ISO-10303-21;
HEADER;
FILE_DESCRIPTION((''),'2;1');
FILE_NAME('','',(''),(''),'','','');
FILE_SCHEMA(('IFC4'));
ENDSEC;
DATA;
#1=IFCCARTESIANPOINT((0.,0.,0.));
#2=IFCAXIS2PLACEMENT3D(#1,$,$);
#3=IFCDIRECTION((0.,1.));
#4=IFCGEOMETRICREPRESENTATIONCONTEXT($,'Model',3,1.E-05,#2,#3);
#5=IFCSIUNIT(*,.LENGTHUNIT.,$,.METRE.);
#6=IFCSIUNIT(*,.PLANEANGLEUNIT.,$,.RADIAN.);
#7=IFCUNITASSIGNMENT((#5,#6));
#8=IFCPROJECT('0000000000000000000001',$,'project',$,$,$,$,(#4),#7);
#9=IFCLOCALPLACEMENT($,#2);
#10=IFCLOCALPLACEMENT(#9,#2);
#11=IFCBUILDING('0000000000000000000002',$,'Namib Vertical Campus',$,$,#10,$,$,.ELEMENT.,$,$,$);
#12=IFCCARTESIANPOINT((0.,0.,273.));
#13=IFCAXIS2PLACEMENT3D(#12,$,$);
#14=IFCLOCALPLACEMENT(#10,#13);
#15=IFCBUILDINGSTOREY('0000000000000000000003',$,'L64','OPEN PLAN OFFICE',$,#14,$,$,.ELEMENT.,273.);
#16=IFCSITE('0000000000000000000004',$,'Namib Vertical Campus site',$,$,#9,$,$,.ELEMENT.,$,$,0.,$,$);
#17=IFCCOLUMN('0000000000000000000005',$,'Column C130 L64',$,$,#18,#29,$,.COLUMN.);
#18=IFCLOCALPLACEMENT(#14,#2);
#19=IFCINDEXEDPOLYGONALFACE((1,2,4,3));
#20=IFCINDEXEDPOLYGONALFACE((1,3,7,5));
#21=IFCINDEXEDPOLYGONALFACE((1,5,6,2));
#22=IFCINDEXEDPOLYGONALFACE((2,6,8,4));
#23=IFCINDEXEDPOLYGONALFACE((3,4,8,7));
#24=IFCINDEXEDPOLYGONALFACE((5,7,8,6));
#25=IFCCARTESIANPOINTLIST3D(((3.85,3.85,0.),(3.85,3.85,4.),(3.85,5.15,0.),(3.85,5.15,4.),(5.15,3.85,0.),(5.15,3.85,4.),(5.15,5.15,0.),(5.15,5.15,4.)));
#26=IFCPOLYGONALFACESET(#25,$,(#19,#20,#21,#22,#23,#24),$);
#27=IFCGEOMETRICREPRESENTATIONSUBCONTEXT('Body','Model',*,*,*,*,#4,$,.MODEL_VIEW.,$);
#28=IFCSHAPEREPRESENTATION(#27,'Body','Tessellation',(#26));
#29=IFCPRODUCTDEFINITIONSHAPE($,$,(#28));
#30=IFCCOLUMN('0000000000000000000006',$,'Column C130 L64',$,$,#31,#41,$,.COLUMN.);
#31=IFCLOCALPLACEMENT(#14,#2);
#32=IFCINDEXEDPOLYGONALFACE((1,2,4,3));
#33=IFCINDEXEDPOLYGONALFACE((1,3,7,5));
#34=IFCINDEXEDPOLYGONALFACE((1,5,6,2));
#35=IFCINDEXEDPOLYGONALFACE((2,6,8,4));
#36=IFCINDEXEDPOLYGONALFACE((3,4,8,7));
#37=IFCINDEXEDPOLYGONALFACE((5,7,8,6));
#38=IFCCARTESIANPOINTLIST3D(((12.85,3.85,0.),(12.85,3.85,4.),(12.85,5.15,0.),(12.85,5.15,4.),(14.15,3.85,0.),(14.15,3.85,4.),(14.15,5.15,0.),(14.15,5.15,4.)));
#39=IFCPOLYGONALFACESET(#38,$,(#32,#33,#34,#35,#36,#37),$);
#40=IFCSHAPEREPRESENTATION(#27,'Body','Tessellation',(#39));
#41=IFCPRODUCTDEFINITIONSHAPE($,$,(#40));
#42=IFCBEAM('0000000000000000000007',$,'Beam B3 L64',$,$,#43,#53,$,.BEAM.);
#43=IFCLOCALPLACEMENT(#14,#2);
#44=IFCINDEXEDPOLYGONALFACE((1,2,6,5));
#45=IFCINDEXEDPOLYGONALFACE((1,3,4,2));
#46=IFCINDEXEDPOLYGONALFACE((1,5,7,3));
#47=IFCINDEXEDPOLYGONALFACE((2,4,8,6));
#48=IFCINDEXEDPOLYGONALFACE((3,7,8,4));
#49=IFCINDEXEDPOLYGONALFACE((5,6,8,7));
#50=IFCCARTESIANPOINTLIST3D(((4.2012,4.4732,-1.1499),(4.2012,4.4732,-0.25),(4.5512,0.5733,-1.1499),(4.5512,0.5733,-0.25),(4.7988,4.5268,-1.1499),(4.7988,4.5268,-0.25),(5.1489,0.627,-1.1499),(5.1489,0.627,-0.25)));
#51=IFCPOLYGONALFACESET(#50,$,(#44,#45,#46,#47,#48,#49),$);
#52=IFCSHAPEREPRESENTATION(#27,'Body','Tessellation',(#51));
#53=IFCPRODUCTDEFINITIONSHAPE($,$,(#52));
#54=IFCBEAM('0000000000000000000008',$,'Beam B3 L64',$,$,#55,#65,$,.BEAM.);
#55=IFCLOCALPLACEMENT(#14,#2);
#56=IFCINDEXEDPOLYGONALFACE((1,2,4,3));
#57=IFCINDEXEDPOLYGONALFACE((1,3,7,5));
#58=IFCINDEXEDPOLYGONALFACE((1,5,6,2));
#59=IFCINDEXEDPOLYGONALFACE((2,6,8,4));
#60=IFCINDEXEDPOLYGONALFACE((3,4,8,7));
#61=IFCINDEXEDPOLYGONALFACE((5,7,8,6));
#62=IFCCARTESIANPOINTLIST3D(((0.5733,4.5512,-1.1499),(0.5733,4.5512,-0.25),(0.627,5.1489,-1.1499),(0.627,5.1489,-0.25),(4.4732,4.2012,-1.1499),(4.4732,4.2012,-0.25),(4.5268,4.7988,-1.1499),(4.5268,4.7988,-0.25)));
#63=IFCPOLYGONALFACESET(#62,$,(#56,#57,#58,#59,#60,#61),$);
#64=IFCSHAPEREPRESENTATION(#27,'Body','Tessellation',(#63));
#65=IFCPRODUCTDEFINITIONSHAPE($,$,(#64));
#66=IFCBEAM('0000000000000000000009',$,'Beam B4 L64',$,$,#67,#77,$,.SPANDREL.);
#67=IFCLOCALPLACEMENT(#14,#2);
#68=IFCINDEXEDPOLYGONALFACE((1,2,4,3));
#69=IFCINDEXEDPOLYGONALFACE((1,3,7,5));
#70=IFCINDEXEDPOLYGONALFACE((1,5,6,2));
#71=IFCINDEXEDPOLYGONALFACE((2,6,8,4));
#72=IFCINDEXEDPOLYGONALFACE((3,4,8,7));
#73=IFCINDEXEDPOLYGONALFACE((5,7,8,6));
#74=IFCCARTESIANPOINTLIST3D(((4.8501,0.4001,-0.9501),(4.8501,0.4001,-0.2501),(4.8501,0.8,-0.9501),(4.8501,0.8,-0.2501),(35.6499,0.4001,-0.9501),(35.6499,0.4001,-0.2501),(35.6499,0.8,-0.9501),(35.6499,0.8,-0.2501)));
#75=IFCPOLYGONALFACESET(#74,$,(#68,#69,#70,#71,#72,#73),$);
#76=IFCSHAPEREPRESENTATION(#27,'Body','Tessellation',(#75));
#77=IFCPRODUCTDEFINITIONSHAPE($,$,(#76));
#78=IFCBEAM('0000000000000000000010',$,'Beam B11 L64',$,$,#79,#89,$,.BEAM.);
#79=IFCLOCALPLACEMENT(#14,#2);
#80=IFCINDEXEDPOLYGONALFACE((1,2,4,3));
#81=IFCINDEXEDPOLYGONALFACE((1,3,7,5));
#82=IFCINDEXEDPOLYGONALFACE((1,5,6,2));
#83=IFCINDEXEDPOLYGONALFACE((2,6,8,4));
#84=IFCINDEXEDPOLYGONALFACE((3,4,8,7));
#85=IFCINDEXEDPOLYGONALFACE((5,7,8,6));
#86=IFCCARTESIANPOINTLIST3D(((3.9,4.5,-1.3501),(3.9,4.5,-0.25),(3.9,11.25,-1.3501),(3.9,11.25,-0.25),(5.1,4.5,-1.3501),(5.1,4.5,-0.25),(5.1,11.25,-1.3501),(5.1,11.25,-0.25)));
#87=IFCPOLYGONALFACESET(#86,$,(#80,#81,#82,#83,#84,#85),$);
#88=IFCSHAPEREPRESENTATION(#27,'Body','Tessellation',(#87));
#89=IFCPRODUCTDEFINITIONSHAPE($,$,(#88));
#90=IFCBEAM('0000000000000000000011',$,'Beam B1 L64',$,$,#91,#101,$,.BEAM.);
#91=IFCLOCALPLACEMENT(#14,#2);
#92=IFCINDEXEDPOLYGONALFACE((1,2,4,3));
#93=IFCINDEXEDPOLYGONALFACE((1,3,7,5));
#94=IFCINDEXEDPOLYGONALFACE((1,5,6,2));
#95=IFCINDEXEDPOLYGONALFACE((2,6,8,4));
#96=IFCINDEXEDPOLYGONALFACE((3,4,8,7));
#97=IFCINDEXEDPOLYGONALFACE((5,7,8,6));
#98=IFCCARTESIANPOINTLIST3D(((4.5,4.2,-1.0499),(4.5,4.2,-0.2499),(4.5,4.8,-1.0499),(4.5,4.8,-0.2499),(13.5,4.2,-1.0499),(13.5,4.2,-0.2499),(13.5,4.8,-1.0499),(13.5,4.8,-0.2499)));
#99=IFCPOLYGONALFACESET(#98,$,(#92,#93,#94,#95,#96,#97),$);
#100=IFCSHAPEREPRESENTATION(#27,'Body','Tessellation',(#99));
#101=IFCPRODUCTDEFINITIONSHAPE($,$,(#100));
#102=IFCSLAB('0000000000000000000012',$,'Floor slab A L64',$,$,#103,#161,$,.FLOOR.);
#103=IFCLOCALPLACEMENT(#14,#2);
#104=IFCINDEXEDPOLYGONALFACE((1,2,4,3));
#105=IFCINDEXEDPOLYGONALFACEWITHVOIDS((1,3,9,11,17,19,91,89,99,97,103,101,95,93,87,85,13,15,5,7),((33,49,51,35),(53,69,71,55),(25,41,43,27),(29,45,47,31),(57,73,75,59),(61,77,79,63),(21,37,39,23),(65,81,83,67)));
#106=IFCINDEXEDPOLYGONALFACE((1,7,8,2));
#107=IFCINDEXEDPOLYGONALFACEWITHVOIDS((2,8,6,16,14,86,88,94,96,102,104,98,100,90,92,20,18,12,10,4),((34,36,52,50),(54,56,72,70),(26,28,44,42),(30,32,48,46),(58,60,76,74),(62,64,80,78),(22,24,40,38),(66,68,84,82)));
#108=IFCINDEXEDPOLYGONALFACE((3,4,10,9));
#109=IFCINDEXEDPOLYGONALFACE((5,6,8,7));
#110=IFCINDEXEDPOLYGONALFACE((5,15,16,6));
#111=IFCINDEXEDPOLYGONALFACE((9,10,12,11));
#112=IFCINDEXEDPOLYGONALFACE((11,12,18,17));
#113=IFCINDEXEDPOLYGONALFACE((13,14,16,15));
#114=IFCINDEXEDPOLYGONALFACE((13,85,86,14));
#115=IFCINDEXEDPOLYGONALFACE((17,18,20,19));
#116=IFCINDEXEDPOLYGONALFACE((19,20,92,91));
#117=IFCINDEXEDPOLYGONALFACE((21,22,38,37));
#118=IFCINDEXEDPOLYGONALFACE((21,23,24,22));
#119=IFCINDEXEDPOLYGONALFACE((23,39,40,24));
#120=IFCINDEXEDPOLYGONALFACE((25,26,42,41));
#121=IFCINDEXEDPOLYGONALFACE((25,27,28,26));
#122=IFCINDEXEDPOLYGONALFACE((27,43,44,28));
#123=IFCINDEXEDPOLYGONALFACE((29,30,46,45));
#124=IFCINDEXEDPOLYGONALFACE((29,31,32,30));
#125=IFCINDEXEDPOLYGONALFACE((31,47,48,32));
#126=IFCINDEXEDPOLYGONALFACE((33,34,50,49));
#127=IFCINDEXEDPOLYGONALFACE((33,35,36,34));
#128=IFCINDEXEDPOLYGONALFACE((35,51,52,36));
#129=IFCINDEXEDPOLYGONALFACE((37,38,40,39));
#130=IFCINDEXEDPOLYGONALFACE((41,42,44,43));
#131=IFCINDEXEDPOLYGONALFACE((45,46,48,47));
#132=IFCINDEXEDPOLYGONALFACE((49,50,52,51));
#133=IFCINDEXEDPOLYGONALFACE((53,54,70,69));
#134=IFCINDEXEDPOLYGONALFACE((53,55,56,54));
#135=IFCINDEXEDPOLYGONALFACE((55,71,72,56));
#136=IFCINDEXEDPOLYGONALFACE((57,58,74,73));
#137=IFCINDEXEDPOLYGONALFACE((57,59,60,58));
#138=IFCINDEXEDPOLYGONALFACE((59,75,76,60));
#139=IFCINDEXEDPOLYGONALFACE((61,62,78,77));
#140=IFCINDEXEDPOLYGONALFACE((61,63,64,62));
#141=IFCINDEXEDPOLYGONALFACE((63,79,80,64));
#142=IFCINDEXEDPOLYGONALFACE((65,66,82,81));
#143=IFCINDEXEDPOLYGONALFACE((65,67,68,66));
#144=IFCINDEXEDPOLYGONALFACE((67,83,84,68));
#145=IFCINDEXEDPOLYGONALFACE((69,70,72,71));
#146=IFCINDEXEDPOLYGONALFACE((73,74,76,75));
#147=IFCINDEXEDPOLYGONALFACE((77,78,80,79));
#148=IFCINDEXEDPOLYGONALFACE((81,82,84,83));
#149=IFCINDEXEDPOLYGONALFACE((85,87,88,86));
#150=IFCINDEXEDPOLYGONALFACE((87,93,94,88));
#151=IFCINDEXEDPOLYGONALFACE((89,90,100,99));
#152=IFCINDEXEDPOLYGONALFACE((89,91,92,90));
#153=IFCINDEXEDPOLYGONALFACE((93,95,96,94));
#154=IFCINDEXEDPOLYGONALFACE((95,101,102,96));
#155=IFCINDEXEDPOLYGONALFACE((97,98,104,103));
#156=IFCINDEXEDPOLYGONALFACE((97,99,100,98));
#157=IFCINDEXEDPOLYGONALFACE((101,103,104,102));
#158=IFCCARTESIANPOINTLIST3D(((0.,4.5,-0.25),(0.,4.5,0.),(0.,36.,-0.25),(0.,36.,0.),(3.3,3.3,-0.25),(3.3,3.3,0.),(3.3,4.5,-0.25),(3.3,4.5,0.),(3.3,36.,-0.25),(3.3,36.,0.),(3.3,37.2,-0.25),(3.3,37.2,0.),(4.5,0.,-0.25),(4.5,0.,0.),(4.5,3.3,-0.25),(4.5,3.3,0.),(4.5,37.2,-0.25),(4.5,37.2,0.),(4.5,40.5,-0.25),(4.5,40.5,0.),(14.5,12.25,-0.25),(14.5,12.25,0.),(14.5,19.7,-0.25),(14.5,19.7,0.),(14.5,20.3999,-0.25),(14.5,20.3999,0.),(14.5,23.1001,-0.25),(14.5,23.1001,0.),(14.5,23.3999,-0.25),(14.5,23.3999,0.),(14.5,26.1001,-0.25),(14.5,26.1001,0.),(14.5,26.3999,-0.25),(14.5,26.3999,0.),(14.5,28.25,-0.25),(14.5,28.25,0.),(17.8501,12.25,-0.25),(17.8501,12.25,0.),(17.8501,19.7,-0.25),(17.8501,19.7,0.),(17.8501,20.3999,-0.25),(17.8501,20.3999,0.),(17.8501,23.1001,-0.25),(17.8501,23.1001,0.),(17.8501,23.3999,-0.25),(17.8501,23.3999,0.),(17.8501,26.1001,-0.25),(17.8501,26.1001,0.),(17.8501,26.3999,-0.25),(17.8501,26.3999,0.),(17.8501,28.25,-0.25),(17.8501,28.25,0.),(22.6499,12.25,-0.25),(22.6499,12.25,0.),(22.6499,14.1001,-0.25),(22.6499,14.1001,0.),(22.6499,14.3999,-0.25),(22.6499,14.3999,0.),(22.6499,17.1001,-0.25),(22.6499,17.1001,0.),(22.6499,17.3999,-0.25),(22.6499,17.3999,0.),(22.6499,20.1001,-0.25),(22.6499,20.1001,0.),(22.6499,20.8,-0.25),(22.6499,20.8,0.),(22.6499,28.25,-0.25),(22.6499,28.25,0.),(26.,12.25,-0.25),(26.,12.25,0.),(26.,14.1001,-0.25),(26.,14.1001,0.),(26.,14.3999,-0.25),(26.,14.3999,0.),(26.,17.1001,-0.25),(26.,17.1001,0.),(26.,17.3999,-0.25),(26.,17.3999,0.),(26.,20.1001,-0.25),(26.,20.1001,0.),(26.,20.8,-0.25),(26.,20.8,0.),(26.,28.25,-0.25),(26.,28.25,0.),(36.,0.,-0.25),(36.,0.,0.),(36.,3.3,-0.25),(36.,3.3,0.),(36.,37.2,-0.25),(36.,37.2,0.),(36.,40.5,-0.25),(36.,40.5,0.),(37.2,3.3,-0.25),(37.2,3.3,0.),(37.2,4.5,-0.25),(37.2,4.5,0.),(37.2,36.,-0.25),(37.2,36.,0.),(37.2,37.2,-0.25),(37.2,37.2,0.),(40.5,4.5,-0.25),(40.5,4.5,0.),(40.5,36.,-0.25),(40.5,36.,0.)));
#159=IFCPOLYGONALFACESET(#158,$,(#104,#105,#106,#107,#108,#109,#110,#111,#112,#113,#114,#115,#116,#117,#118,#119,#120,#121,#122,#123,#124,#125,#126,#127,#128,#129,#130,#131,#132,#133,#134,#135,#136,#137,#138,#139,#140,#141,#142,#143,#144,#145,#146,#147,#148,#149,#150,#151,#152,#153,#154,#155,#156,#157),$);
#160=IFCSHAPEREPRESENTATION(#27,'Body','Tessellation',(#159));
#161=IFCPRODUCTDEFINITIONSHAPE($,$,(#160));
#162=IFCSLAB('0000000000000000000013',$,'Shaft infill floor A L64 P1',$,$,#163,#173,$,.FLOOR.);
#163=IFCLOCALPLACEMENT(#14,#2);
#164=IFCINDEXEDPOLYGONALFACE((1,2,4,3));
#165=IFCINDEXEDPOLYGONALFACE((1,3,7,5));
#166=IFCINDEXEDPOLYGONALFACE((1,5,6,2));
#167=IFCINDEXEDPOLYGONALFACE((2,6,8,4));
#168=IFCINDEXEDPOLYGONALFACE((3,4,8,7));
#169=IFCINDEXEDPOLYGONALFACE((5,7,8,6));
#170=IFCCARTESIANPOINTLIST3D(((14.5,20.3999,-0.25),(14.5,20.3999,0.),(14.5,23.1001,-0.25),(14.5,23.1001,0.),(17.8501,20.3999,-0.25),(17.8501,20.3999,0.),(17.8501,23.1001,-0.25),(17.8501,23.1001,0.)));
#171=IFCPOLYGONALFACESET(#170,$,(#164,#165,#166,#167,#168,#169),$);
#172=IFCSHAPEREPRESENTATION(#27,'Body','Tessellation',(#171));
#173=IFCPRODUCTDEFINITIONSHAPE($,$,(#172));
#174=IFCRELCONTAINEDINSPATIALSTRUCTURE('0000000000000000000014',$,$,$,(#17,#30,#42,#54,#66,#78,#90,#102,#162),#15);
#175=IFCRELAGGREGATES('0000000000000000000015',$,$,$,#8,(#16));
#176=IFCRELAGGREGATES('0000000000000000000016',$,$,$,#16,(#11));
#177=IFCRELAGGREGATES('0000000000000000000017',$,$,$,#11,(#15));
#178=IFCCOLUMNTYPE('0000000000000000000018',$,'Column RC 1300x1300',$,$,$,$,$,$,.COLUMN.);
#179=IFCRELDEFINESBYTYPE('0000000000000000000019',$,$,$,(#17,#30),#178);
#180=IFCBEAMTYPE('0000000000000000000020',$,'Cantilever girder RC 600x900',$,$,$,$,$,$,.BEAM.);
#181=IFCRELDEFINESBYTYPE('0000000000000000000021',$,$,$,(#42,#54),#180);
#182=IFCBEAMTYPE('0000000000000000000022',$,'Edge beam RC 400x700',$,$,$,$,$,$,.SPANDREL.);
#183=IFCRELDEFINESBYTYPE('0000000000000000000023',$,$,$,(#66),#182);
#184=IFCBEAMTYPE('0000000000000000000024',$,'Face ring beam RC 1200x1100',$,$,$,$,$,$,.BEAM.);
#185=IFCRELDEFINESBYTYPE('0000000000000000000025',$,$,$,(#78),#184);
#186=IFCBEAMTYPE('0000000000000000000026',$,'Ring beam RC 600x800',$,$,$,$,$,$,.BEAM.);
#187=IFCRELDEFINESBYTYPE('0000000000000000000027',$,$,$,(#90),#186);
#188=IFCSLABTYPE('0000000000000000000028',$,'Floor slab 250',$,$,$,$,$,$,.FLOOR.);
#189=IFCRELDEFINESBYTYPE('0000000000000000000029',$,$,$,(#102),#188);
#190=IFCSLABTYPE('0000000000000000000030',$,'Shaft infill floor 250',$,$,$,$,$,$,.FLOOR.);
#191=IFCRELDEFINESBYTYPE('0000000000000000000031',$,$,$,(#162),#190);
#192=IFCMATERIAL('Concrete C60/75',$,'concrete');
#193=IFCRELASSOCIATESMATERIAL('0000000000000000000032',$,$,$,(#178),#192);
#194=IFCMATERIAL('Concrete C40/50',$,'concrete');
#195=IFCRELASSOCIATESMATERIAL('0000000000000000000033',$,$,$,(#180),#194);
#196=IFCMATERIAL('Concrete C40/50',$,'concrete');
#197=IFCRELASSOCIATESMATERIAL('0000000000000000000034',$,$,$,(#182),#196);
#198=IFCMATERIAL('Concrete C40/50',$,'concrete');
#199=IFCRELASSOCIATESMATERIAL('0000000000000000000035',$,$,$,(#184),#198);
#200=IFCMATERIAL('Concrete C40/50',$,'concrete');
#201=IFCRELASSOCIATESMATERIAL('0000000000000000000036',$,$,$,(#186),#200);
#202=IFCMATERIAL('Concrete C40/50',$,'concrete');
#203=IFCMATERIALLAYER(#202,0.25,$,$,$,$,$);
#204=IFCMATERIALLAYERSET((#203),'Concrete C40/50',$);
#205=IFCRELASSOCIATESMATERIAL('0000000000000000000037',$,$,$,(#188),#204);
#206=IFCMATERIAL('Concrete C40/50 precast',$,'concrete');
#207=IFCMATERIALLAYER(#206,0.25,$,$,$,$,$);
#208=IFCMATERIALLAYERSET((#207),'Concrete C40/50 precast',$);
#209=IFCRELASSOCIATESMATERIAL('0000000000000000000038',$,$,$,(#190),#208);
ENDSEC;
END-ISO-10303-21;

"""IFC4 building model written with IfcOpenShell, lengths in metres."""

from ifc_helpers import new_model, si_unit, direction, frame, origin, origin_2d, place, context, subcontext, project, spatial, polyline, rectangle, outline, extrude, material, layer, layer_set, material_profile, profile_set, type_object, element, save


model = new_model("IFC4")

# Units and contexts
model_context = context("Model", 3, precision=1e-05, world=origin(), true_north=direction((0.0, 1.0)))
body_context = subcontext(model_context, "Body", "Model", "MODEL_VIEW")
ifc_project = project(units=[si_unit("LENGTHUNIT", "METRE"), si_unit("PLANEANGLEUNIT", "RADIAN")], contexts=[model_context])

# Site, building, storey
site_placement = place(None, origin())
site = spatial("IfcSite", under=ifc_project, at=site_placement, Name="Namib Vertical Campus site", CompositionType="ELEMENT", RefElevation=0.0)
building_placement = place(site_placement, origin())
building = spatial("IfcBuilding", under=site, at=building_placement, Name="Namib Vertical Campus", CompositionType="ELEMENT")
storey_placement = place(building_placement, frame((0.0, 0.0, 273.0)))
storey = spatial("IfcBuildingStorey", under=building, at=storey_placement, Name="L64", Description="OPEN PLAN OFFICE", CompositionType="ELEMENT", Elevation=273.0)

# Columns
ifc_material_1 = material(Name="Concrete C60/75", Category="concrete")
ifc_material_profile_1 = material_profile(ifc_material_1, rectangle(XDim=1.3, YDim=1.3, at=origin_2d()))
ifc_profile_set_1 = profile_set([ifc_material_profile_1], Name="Concrete C60/75")
column_type = type_object("IfcColumnType", Name="Column RC 1300x1300", PredefinedType="COLUMN", material=ifc_profile_set_1)
for number, where, z_axis, x_axis, name in (
    (1, (4.5, 4.5, 0.0), (0.0, 0.0, 1.0), (1.0, 0.0, 0.0), "Column C130 L64"),
    (2, (13.5, 4.5, 0.0), (0.0, 0.0, 1.0), (1.0, 0.0, 0.0), "Column C130 L64"),
):
    element("IfcColumn", number, at=place(storey_placement, frame(where, z_axis=z_axis, x_axis=x_axis)), inside=storey, type_object=column_type, Name=name, PredefinedType="COLUMN", context=body_context, shape_type="SweptSolid", body=[
        extrude(rectangle(XDim=1.3, YDim=1.3, at=origin_2d()), origin(), (0.0, 0.0, 1.0), 4.0),
    ])

# Beams
ifc_material_2 = material(Name="Concrete C40/50", Category="concrete")
ifc_material_profile_2 = material_profile(ifc_material_2, rectangle(XDim=0.6001, YDim=0.8999, at=origin_2d()))
ifc_profile_set_2 = profile_set([ifc_material_profile_2], Name="Concrete C40/50")
beam_type_1 = type_object("IfcBeamType", Name="Cantilever girder RC 600x900", PredefinedType="BEAM", material=ifc_profile_set_2)
for number, where, z_axis, x_axis, name in (
    (3, (4.5, 4.5, -0.7), (0.089411, -0.995995, 0.0), (0.995995, 0.089411, 0.0), "Beam B3 L64"),
    (4, (4.5, 4.5, -0.7), (-0.995995, 0.089411, 0.0), (-0.089411, -0.995995, 0.0), "Beam B3 L64"),
):
    element("IfcBeam", number, at=place(storey_placement, frame(where, z_axis=z_axis, x_axis=x_axis)), inside=storey, type_object=beam_type_1, Name=name, PredefinedType="BEAM", context=body_context, shape_type="SweptSolid", body=[
        extrude(rectangle(XDim=0.6001, YDim=0.8999, at=origin_2d()), origin(), (0.0, 0.0, 1.0), 3.9155),
    ])
ifc_material_3 = material(Name="Concrete C40/50", Category="concrete")
ifc_material_profile_3 = material_profile(ifc_material_3, rectangle(XDim=0.3999, YDim=0.7, at=origin_2d()))
ifc_profile_set_3 = profile_set([ifc_material_profile_3], Name="Concrete C40/50")
beam_type_2 = type_object("IfcBeamType", Name="Edge beam RC 400x700", PredefinedType="SPANDREL", material=ifc_profile_set_3)
beam_1_placement = place(storey_placement, frame((4.8501, 0.6001, -0.6001), z_axis=(1.0, 0.0, 0.0), x_axis=(0.0, 1.0, 0.0)))
element("IfcBeam", 5, at=beam_1_placement, inside=storey, type_object=beam_type_2, Name="Beam B4 L64", PredefinedType="SPANDREL", context=body_context, shape_type="SweptSolid", body=[
    extrude(rectangle(XDim=0.3999, YDim=0.7, at=origin_2d()), origin(), (0.0, 0.0, 1.0), 30.7998),
])
ifc_material_4 = material(Name="Concrete C40/50", Category="concrete")
ifc_material_profile_4 = material_profile(ifc_material_4, rectangle(XDim=1.2, YDim=1.1001, at=origin_2d()))
ifc_profile_set_4 = profile_set([ifc_material_profile_4], Name="Concrete C40/50")
beam_type_3 = type_object("IfcBeamType", Name="Face ring beam RC 1200x1100", PredefinedType="BEAM", material=ifc_profile_set_4)
beam_2_placement = place(storey_placement, frame((4.5, 4.5, -0.8), z_axis=(0.0, 1.0, 0.0), x_axis=(-1.0, 0.0, 0.0)))
element("IfcBeam", 6, at=beam_2_placement, inside=storey, type_object=beam_type_3, Name="Beam B11 L64", PredefinedType="BEAM", context=body_context, shape_type="SweptSolid", body=[
    extrude(rectangle(XDim=1.2, YDim=1.1001, at=origin_2d()), origin(), (0.0, 0.0, 1.0), 6.75),
])
ifc_material_5 = material(Name="Concrete C40/50", Category="concrete")
ifc_material_profile_5 = material_profile(ifc_material_5, rectangle(XDim=0.6001, YDim=0.8, at=origin_2d()))
ifc_profile_set_5 = profile_set([ifc_material_profile_5], Name="Concrete C40/50")
beam_type_4 = type_object("IfcBeamType", Name="Ring beam RC 600x800", PredefinedType="BEAM", material=ifc_profile_set_5)
beam_3_placement = place(storey_placement, frame((4.5, 4.5, -0.6499), z_axis=(1.0, 0.0, 0.0), x_axis=(0.0, 1.0, 0.0)))
element("IfcBeam", 7, at=beam_3_placement, inside=storey, type_object=beam_type_4, Name="Beam B1 L64", PredefinedType="BEAM", context=body_context, shape_type="SweptSolid", body=[
    extrude(rectangle(XDim=0.6001, YDim=0.8, at=origin_2d()), origin(), (0.0, 0.0, 1.0), 9.0),
])

# Slabs
ifc_material_6 = material(Name="Concrete C40/50", Category="concrete")
ifc_layer_1 = layer(ifc_material_6, 0.25)
ifc_layer_set_1 = layer_set([ifc_layer_1], Name="Concrete C40/50")
slab_type_1 = type_object("IfcSlabType", Name="Floor slab 250", PredefinedType="FLOOR", material=ifc_layer_set_1)
slab_1_placement = place(storey_placement, frame((0.0, 0.0, -0.25)))
element("IfcSlab", 8, at=slab_1_placement, inside=storey, type_object=slab_type_1, Name="Floor slab A L64", PredefinedType="FLOOR", context=body_context, shape_type="SweptSolid", body=[
    extrude(outline(polyline([(4.5, 0.0), (36.0, 0.0), (36.0, 3.3), (37.2, 3.3), (37.2, 4.5), (40.5, 4.5), (40.5, 36.0), (37.2, 36.0), (37.2, 37.2), (36.0, 37.2), (36.0, 40.5), (4.5, 40.5), (4.5, 37.2), (3.3, 37.2), (3.3, 36.0), (0.0, 36.0), (0.0, 4.5), (3.3, 4.5), (3.3, 3.3), (4.5, 3.3), (4.5, 0.0)]), holes=[polyline([(14.5, 12.25), (17.8501, 12.25), (17.8501, 19.7), (14.5, 19.7), (14.5, 12.25)]), polyline([(22.6499, 20.8), (26.0, 20.8), (26.0, 28.25), (22.6499, 28.25), (22.6499, 20.8)]), polyline([(22.6499, 12.25), (26.0, 12.25), (26.0, 14.1001), (22.6499, 14.1001), (22.6499, 12.25)]), polyline([(14.5, 20.3999), (17.8501, 20.3999), (17.8501, 23.1001), (14.5, 23.1001), (14.5, 20.3999)]), polyline([(14.5, 23.3999), (17.8501, 23.3999), (17.8501, 26.1001), (14.5, 26.1001), (14.5, 23.3999)]), polyline([(14.5, 26.3999), (17.8501, 26.3999), (17.8501, 28.25), (14.5, 28.25), (14.5, 26.3999)]), polyline([(22.6499, 14.3999), (26.0, 14.3999), (26.0, 17.1001), (22.6499, 17.1001), (22.6499, 14.3999)]), polyline([(22.6499, 17.3999), (26.0, 17.3999), (26.0, 20.1001), (22.6499, 20.1001), (22.6499, 17.3999)])]), origin(), (0.0, 0.0, 1.0), 0.25),
])
ifc_material_7 = material(Name="Concrete C40/50 precast", Category="concrete")
ifc_layer_2 = layer(ifc_material_7, 0.25)
ifc_layer_set_2 = layer_set([ifc_layer_2], Name="Concrete C40/50 precast")
slab_type_2 = type_object("IfcSlabType", Name="Shaft infill floor 250", PredefinedType="FLOOR", material=ifc_layer_set_2)
slab_2_placement = place(storey_placement, frame((0.0, 0.0, -0.25)))
element("IfcSlab", 9, at=slab_2_placement, inside=storey, type_object=slab_type_2, Name="Shaft infill floor A L64 P1", PredefinedType="FLOOR", context=body_context, shape_type="SweptSolid", body=[
    extrude(outline(polyline([(14.5, 20.3999), (17.8501, 20.3999), (17.8501, 23.1001), (14.5, 23.1001), (14.5, 20.3999)])), origin(), (0.0, 0.0, 1.0), 0.25),
])

save(model, "model.ifc")
